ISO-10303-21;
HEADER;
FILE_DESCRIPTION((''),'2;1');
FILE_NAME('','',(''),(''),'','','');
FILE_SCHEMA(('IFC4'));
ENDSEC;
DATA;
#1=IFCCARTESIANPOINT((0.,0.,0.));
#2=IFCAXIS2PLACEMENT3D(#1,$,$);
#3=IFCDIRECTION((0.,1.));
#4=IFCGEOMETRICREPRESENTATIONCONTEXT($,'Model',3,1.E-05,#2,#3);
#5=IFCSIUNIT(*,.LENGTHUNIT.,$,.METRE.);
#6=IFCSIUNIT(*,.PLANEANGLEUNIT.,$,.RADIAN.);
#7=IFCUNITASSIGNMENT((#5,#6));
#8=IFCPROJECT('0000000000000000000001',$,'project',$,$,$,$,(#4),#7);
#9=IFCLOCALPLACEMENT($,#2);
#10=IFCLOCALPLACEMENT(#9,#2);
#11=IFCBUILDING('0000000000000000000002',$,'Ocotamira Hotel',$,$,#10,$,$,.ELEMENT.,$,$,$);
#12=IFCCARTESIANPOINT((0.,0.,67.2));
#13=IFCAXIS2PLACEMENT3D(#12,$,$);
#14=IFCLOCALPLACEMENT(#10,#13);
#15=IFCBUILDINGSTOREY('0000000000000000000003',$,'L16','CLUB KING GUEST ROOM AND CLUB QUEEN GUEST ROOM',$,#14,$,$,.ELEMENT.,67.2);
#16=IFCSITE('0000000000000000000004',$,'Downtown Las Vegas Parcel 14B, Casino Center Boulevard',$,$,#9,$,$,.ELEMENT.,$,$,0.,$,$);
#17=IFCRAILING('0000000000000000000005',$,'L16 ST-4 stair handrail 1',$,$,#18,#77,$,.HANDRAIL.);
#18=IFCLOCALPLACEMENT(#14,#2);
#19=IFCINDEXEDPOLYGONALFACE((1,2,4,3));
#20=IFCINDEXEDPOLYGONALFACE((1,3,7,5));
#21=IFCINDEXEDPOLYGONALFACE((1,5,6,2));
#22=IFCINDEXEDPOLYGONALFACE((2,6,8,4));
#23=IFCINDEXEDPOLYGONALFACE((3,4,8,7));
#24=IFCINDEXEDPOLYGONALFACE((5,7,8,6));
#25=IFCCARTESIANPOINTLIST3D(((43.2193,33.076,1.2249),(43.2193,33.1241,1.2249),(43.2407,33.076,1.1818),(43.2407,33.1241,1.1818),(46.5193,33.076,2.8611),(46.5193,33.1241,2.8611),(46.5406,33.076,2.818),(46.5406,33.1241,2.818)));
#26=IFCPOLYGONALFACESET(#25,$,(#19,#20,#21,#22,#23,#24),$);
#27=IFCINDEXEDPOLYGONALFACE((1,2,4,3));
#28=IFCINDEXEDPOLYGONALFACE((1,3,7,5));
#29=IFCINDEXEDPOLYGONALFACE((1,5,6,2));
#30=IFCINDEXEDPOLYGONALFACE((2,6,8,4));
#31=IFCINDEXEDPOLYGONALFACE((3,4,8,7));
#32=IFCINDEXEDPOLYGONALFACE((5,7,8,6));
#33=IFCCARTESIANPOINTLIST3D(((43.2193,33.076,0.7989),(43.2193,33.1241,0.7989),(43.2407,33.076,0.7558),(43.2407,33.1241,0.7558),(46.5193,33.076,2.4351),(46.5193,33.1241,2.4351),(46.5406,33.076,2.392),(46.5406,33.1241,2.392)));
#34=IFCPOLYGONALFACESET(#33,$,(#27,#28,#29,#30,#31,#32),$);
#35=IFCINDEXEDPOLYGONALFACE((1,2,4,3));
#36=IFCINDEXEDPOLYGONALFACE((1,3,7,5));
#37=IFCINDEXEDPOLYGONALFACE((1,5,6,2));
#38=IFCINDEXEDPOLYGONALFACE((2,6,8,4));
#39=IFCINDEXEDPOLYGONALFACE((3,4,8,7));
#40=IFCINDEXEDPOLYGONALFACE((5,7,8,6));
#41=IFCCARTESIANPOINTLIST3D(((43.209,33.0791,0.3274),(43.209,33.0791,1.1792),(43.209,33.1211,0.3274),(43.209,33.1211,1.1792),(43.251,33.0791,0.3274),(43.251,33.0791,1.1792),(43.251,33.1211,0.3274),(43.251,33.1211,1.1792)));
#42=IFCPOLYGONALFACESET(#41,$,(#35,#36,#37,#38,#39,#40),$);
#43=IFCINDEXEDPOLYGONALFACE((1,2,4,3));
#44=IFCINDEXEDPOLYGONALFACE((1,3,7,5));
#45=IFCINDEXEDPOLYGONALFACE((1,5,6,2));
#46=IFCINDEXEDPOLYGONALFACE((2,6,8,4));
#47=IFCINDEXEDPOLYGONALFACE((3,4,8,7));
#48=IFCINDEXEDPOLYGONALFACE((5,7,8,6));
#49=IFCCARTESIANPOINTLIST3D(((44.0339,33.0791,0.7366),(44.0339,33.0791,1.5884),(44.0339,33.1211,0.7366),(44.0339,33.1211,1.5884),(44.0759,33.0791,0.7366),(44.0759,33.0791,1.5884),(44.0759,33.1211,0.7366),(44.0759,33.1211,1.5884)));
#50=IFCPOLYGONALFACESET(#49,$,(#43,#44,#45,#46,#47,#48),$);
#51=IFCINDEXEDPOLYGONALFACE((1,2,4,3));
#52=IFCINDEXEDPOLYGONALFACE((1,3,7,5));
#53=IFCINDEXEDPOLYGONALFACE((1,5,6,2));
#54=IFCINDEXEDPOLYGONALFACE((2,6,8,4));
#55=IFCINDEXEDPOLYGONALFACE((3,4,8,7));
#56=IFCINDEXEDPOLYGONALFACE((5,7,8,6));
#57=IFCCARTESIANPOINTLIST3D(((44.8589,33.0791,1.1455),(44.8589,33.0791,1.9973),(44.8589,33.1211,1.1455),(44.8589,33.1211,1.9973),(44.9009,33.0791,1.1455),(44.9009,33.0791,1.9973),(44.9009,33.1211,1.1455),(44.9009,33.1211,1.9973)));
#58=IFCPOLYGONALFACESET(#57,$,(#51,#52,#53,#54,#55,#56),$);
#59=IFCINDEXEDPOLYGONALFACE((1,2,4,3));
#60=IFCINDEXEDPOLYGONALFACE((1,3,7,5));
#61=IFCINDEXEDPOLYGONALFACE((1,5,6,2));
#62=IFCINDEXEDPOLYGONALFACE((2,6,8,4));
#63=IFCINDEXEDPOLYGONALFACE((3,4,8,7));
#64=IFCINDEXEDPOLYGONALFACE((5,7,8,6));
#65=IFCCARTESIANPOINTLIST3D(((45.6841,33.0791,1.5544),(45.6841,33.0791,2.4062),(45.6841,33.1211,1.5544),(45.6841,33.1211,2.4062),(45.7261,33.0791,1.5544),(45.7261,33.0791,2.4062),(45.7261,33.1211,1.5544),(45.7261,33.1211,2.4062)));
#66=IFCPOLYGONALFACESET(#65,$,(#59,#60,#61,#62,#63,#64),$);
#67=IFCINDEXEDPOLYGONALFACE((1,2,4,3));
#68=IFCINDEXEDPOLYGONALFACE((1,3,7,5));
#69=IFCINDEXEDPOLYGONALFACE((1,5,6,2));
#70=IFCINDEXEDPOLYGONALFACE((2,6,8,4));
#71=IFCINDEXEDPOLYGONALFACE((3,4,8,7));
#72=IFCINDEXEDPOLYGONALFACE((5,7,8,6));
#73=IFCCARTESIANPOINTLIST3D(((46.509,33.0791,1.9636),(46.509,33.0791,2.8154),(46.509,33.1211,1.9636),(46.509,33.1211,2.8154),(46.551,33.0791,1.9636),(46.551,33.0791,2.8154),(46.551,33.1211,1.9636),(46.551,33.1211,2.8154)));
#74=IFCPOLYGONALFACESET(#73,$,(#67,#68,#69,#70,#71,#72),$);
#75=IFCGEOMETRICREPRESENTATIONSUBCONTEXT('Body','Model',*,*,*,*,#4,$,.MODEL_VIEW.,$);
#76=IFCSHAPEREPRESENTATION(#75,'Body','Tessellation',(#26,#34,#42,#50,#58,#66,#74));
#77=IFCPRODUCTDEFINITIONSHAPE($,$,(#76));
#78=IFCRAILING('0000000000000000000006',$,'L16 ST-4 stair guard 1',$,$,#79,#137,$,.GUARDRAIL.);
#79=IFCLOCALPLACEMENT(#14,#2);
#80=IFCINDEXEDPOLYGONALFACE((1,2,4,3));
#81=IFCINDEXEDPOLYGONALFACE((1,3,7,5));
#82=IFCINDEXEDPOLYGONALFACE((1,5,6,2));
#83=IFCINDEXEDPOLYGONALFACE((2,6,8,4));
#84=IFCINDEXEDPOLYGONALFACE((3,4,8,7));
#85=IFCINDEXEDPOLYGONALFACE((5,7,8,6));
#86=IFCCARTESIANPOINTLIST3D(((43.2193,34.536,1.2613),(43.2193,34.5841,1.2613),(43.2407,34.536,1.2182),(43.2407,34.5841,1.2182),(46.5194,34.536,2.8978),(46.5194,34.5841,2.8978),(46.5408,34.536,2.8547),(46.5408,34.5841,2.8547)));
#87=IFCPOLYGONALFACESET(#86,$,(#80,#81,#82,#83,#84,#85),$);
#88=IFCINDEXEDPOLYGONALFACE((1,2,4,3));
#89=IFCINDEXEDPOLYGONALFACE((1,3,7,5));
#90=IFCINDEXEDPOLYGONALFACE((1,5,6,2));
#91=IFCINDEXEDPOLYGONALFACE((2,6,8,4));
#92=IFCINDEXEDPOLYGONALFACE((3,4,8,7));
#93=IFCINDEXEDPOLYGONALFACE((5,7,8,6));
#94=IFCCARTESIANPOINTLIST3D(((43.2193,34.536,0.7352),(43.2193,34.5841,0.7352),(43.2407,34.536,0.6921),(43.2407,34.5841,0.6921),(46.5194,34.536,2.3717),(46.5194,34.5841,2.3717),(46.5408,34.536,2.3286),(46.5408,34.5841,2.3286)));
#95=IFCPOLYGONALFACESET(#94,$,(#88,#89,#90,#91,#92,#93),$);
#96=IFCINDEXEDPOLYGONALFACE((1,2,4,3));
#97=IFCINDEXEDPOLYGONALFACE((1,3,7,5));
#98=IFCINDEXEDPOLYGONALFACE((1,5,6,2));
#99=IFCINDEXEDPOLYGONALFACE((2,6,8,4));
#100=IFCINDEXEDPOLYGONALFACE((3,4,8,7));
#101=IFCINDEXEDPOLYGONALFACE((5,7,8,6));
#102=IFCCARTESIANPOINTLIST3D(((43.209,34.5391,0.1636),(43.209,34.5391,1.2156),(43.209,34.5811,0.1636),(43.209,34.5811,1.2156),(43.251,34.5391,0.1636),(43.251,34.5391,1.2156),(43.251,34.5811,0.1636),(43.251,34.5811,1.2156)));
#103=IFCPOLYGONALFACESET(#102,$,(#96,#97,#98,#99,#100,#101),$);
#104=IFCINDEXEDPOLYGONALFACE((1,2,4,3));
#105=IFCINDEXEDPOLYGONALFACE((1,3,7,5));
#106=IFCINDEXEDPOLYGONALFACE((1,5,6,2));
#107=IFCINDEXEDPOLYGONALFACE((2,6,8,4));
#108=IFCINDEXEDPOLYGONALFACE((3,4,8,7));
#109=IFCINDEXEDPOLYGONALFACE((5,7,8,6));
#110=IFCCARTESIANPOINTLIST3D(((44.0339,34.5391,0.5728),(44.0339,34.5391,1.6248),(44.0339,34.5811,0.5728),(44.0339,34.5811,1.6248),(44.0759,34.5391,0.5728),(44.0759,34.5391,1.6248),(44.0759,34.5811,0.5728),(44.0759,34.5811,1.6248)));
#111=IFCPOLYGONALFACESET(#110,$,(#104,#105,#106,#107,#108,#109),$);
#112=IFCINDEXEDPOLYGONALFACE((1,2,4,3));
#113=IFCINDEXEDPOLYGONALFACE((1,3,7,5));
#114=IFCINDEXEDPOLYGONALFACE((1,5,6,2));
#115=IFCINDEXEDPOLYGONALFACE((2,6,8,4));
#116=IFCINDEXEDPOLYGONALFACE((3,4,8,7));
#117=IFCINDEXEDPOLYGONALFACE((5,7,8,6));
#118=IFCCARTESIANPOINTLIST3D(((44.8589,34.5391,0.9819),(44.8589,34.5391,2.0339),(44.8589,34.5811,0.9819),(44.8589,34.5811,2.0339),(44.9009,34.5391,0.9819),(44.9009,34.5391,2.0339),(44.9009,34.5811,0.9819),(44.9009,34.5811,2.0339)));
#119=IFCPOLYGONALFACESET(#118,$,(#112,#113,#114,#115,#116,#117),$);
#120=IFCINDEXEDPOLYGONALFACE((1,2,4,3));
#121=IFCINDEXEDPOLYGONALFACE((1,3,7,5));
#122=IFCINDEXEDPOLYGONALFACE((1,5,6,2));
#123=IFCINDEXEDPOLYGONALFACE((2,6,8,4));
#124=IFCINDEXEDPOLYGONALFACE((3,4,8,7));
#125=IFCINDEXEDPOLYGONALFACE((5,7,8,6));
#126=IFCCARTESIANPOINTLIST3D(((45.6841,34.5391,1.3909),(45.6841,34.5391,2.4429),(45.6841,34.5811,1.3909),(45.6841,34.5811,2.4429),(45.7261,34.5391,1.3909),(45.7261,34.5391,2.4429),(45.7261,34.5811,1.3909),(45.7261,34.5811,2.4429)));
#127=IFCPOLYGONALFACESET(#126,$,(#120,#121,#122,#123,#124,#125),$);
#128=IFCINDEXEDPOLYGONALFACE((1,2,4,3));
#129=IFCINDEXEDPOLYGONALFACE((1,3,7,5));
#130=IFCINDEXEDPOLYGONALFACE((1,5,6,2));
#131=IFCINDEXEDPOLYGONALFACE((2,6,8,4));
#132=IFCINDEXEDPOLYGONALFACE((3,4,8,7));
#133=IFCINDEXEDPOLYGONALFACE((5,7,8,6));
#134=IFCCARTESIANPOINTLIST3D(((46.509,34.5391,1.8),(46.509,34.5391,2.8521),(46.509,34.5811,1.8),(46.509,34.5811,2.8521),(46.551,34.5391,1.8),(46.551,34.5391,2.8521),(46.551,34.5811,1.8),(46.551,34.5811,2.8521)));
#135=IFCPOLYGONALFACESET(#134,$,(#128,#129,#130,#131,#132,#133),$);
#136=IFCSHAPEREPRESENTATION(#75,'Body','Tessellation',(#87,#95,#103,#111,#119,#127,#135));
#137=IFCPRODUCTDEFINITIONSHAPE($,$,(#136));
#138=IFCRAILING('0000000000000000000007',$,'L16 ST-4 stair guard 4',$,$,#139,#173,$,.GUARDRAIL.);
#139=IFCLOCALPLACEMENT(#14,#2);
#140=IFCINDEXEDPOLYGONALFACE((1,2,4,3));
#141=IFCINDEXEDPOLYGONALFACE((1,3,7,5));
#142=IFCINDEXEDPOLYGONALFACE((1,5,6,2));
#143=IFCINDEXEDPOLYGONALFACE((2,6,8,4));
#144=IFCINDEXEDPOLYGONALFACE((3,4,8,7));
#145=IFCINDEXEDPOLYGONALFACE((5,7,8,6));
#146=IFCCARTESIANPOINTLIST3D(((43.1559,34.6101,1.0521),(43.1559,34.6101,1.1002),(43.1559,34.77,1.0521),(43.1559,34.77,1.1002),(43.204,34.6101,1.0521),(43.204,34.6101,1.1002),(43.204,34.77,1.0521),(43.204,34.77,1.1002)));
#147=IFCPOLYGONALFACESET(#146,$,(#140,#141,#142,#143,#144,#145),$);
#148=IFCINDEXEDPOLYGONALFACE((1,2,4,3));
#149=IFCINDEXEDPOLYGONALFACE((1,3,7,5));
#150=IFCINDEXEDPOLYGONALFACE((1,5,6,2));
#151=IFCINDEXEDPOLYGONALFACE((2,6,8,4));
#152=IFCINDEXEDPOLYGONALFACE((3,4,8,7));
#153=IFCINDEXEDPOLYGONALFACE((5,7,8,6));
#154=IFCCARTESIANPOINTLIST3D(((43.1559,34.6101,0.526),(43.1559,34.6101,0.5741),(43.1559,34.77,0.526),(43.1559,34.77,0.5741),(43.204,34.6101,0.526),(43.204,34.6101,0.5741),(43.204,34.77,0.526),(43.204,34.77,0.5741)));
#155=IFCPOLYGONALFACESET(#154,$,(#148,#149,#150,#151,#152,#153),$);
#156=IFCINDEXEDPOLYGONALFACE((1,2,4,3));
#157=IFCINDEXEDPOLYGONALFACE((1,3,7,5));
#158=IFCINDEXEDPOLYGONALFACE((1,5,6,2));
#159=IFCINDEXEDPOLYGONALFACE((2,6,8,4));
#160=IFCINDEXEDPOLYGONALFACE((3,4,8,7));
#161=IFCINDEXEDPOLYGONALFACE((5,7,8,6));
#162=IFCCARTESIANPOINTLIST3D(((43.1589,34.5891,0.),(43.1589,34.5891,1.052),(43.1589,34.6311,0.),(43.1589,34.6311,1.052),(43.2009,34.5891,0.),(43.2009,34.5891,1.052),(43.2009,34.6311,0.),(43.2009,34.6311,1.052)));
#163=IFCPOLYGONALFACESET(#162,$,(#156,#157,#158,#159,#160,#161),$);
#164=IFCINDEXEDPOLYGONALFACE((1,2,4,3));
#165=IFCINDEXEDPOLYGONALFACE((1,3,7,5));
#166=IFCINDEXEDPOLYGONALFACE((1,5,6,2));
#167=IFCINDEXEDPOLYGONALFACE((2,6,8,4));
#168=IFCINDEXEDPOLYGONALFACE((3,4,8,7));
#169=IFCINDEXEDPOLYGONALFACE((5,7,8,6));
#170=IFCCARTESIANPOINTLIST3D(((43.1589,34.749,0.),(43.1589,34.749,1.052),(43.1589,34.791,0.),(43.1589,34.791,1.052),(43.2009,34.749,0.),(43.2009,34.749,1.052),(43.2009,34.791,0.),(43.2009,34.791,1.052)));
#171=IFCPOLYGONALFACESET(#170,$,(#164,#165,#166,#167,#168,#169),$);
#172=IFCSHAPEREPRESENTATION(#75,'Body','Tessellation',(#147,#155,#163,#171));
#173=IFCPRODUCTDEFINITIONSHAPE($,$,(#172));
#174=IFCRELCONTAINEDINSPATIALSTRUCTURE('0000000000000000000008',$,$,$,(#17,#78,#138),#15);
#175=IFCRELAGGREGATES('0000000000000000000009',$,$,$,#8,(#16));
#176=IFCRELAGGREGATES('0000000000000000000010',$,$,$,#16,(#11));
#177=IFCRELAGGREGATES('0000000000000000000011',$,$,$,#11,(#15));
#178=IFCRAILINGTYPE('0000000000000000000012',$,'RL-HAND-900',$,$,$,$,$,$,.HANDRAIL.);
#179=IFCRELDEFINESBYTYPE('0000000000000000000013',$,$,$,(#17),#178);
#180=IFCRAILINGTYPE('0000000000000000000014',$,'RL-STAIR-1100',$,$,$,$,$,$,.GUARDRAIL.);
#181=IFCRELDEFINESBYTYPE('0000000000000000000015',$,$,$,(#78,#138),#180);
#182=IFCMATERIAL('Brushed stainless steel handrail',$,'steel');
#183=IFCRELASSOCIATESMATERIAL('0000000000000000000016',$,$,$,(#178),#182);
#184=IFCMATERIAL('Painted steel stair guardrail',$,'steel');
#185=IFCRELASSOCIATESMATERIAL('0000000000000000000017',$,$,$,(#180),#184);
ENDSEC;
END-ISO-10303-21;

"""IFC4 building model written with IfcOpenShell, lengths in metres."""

from ifc_helpers import new_model, si_unit, direction, frame, origin, origin_2d, place, context, subcontext, project, spatial, rectangle, extrude, material, type_object, element, save


model = new_model("IFC4")

# Units and contexts
model_context = context("Model", 3, precision=1e-05, world=origin(), true_north=direction((0.0, 1.0)))
body_context = subcontext(model_context, "Body", "Model", "MODEL_VIEW")
ifc_project = project(units=[si_unit("LENGTHUNIT", "METRE"), si_unit("PLANEANGLEUNIT", "RADIAN")], contexts=[model_context])

# Site, building, storey
site_placement = place(None, origin())
site = spatial("IfcSite", under=ifc_project, at=site_placement, Name="Downtown Las Vegas Parcel 14B, Casino Center Boulevard", CompositionType="ELEMENT", RefElevation=0.0)
building_placement = place(site_placement, origin())
building = spatial("IfcBuilding", under=site, at=building_placement, Name="Ocotamira Hotel", CompositionType="ELEMENT")
storey_placement = place(building_placement, frame((0.0, 0.0, 67.2)))
storey = spatial("IfcBuildingStorey", under=building, at=storey_placement, Name="L16", Description="CLUB KING GUEST ROOM AND CLUB QUEEN GUEST ROOM", CompositionType="ELEMENT", Elevation=67.2)

# Railings
ifc_material_1 = material(Name="Brushed stainless steel handrail", Category="steel")
railing_type_1 = type_object("IfcRailingType", Name="RL-HAND-900", PredefinedType="HANDRAIL", material=ifc_material_1)
railing_1_placement = place(storey_placement, frame((43.23, 33.1001, 0.3274)))
element("IfcRailing", 1, at=railing_1_placement, inside=storey, type_object=railing_type_1, Name="L16 ST-4 stair handrail 1", PredefinedType="HANDRAIL", context=body_context, shape_type="SweptSolid", body=[
    extrude(rectangle(XDim=0.0481, YDim=0.0481, at=origin_2d()), frame((0.0, 0.0, 0.876), z_axis=(0.89592, 0.0, 0.444215), x_axis=(0.0, 1.0, 0.0)), (0.0, 0.0, 1.0), 3.6833),
    extrude(rectangle(XDim=0.0481, YDim=0.0481, at=origin_2d()), frame((0.0, 0.0, 0.45), z_axis=(0.89592, 0.0, 0.444215), x_axis=(0.0, 1.0, 0.0)), (0.0, 0.0, 1.0), 3.6833),
    extrude(rectangle(XDim=0.042, YDim=0.042, at=origin_2d()), origin(), (0.0, 0.0, 1.0), 0.8518),
    extrude(rectangle(XDim=0.042, YDim=0.042, at=origin_2d()), frame((0.825, 0.0, 0.4092)), (0.0, 0.0, 1.0), 0.8518),
    extrude(rectangle(XDim=0.042, YDim=0.042, at=origin_2d()), frame((1.6499, 0.0, 0.8181)), (0.0, 0.0, 1.0), 0.8518),
    extrude(rectangle(XDim=0.042, YDim=0.042, at=origin_2d()), frame((2.4751, 0.0, 1.2271)), (0.0, 0.0, 1.0), 0.8518),
    extrude(rectangle(XDim=0.042, YDim=0.042, at=origin_2d()), frame((3.3, 0.0, 1.6362)), (0.0, 0.0, 1.0), 0.8518),
])
ifc_material_2 = material(Name="Painted steel stair guardrail", Category="steel")
railing_type_2 = type_object("IfcRailingType", Name="RL-STAIR-1100", PredefinedType="GUARDRAIL", material=ifc_material_2)
railing_2_placement = place(storey_placement, frame((43.23, 34.5601, 0.1636)))
element("IfcRailing", 2, at=railing_2_placement, inside=storey, type_object=railing_type_2, Name="L16 ST-4 stair guard 1", PredefinedType="GUARDRAIL", context=body_context, shape_type="SweptSolid", body=[
    extrude(rectangle(XDim=0.0481, YDim=0.0481, at=origin_2d()), frame((0.0, 0.0, 1.0762), z_axis=(0.895894, 0.0, 0.444268), x_axis=(0.0, 1.0, 0.0)), (0.0, 0.0, 1.0), 3.6836),
    extrude(rectangle(XDim=0.0481, YDim=0.0481, at=origin_2d()), frame((0.0, 0.0, 0.55), z_axis=(0.895894, 0.0, 0.444268), x_axis=(0.0, 1.0, 0.0)), (0.0, 0.0, 1.0), 3.6836),
    extrude(rectangle(XDim=0.042, YDim=0.042, at=origin_2d()), origin(), (0.0, 0.0, 1.0), 1.052),
    extrude(rectangle(XDim=0.042, YDim=0.042, at=origin_2d()), frame((0.825, 0.0, 0.4092)), (0.0, 0.0, 1.0), 1.052),
    extrude(rectangle(XDim=0.042, YDim=0.042, at=origin_2d()), frame((1.6499, 0.0, 0.8184)), (0.0, 0.0, 1.0), 1.052),
    extrude(rectangle(XDim=0.042, YDim=0.042, at=origin_2d()), frame((2.4751, 0.0, 1.2273)), (0.0, 0.0, 1.0), 1.052),
    extrude(rectangle(XDim=0.042, YDim=0.042, at=origin_2d()), frame((3.3, 0.0, 1.6365)), (0.0, 0.0, 1.0), 1.052),
])
railing_3_placement = place(storey_placement, frame((43.1799, 34.6101, 0.0)))
element("IfcRailing", 3, at=railing_3_placement, inside=storey, type_object=railing_type_2, Name="L16 ST-4 stair guard 4", PredefinedType="GUARDRAIL", context=body_context, shape_type="SweptSolid", body=[
    extrude(rectangle(XDim=0.0481, YDim=0.0481, at=origin_2d()), frame((0.0, 0.0, 1.0762), z_axis=(0.0, 1.0, 0.0), x_axis=(-1.0, 0.0, 0.0)), (0.0, 0.0, 1.0), 0.1599),
    extrude(rectangle(XDim=0.0481, YDim=0.0481, at=origin_2d()), frame((0.0, 0.0, 0.55), z_axis=(0.0, 1.0, 0.0), x_axis=(-1.0, 0.0, 0.0)), (0.0, 0.0, 1.0), 0.1599),
    extrude(rectangle(XDim=0.042, YDim=0.042, at=origin_2d()), origin(), (0.0, 0.0, 1.0), 1.052),
    extrude(rectangle(XDim=0.042, YDim=0.042, at=origin_2d()), frame((0.0, 0.1599, 0.0)), (0.0, 0.0, 1.0), 1.052),
])

save(model, "model.ifc")
